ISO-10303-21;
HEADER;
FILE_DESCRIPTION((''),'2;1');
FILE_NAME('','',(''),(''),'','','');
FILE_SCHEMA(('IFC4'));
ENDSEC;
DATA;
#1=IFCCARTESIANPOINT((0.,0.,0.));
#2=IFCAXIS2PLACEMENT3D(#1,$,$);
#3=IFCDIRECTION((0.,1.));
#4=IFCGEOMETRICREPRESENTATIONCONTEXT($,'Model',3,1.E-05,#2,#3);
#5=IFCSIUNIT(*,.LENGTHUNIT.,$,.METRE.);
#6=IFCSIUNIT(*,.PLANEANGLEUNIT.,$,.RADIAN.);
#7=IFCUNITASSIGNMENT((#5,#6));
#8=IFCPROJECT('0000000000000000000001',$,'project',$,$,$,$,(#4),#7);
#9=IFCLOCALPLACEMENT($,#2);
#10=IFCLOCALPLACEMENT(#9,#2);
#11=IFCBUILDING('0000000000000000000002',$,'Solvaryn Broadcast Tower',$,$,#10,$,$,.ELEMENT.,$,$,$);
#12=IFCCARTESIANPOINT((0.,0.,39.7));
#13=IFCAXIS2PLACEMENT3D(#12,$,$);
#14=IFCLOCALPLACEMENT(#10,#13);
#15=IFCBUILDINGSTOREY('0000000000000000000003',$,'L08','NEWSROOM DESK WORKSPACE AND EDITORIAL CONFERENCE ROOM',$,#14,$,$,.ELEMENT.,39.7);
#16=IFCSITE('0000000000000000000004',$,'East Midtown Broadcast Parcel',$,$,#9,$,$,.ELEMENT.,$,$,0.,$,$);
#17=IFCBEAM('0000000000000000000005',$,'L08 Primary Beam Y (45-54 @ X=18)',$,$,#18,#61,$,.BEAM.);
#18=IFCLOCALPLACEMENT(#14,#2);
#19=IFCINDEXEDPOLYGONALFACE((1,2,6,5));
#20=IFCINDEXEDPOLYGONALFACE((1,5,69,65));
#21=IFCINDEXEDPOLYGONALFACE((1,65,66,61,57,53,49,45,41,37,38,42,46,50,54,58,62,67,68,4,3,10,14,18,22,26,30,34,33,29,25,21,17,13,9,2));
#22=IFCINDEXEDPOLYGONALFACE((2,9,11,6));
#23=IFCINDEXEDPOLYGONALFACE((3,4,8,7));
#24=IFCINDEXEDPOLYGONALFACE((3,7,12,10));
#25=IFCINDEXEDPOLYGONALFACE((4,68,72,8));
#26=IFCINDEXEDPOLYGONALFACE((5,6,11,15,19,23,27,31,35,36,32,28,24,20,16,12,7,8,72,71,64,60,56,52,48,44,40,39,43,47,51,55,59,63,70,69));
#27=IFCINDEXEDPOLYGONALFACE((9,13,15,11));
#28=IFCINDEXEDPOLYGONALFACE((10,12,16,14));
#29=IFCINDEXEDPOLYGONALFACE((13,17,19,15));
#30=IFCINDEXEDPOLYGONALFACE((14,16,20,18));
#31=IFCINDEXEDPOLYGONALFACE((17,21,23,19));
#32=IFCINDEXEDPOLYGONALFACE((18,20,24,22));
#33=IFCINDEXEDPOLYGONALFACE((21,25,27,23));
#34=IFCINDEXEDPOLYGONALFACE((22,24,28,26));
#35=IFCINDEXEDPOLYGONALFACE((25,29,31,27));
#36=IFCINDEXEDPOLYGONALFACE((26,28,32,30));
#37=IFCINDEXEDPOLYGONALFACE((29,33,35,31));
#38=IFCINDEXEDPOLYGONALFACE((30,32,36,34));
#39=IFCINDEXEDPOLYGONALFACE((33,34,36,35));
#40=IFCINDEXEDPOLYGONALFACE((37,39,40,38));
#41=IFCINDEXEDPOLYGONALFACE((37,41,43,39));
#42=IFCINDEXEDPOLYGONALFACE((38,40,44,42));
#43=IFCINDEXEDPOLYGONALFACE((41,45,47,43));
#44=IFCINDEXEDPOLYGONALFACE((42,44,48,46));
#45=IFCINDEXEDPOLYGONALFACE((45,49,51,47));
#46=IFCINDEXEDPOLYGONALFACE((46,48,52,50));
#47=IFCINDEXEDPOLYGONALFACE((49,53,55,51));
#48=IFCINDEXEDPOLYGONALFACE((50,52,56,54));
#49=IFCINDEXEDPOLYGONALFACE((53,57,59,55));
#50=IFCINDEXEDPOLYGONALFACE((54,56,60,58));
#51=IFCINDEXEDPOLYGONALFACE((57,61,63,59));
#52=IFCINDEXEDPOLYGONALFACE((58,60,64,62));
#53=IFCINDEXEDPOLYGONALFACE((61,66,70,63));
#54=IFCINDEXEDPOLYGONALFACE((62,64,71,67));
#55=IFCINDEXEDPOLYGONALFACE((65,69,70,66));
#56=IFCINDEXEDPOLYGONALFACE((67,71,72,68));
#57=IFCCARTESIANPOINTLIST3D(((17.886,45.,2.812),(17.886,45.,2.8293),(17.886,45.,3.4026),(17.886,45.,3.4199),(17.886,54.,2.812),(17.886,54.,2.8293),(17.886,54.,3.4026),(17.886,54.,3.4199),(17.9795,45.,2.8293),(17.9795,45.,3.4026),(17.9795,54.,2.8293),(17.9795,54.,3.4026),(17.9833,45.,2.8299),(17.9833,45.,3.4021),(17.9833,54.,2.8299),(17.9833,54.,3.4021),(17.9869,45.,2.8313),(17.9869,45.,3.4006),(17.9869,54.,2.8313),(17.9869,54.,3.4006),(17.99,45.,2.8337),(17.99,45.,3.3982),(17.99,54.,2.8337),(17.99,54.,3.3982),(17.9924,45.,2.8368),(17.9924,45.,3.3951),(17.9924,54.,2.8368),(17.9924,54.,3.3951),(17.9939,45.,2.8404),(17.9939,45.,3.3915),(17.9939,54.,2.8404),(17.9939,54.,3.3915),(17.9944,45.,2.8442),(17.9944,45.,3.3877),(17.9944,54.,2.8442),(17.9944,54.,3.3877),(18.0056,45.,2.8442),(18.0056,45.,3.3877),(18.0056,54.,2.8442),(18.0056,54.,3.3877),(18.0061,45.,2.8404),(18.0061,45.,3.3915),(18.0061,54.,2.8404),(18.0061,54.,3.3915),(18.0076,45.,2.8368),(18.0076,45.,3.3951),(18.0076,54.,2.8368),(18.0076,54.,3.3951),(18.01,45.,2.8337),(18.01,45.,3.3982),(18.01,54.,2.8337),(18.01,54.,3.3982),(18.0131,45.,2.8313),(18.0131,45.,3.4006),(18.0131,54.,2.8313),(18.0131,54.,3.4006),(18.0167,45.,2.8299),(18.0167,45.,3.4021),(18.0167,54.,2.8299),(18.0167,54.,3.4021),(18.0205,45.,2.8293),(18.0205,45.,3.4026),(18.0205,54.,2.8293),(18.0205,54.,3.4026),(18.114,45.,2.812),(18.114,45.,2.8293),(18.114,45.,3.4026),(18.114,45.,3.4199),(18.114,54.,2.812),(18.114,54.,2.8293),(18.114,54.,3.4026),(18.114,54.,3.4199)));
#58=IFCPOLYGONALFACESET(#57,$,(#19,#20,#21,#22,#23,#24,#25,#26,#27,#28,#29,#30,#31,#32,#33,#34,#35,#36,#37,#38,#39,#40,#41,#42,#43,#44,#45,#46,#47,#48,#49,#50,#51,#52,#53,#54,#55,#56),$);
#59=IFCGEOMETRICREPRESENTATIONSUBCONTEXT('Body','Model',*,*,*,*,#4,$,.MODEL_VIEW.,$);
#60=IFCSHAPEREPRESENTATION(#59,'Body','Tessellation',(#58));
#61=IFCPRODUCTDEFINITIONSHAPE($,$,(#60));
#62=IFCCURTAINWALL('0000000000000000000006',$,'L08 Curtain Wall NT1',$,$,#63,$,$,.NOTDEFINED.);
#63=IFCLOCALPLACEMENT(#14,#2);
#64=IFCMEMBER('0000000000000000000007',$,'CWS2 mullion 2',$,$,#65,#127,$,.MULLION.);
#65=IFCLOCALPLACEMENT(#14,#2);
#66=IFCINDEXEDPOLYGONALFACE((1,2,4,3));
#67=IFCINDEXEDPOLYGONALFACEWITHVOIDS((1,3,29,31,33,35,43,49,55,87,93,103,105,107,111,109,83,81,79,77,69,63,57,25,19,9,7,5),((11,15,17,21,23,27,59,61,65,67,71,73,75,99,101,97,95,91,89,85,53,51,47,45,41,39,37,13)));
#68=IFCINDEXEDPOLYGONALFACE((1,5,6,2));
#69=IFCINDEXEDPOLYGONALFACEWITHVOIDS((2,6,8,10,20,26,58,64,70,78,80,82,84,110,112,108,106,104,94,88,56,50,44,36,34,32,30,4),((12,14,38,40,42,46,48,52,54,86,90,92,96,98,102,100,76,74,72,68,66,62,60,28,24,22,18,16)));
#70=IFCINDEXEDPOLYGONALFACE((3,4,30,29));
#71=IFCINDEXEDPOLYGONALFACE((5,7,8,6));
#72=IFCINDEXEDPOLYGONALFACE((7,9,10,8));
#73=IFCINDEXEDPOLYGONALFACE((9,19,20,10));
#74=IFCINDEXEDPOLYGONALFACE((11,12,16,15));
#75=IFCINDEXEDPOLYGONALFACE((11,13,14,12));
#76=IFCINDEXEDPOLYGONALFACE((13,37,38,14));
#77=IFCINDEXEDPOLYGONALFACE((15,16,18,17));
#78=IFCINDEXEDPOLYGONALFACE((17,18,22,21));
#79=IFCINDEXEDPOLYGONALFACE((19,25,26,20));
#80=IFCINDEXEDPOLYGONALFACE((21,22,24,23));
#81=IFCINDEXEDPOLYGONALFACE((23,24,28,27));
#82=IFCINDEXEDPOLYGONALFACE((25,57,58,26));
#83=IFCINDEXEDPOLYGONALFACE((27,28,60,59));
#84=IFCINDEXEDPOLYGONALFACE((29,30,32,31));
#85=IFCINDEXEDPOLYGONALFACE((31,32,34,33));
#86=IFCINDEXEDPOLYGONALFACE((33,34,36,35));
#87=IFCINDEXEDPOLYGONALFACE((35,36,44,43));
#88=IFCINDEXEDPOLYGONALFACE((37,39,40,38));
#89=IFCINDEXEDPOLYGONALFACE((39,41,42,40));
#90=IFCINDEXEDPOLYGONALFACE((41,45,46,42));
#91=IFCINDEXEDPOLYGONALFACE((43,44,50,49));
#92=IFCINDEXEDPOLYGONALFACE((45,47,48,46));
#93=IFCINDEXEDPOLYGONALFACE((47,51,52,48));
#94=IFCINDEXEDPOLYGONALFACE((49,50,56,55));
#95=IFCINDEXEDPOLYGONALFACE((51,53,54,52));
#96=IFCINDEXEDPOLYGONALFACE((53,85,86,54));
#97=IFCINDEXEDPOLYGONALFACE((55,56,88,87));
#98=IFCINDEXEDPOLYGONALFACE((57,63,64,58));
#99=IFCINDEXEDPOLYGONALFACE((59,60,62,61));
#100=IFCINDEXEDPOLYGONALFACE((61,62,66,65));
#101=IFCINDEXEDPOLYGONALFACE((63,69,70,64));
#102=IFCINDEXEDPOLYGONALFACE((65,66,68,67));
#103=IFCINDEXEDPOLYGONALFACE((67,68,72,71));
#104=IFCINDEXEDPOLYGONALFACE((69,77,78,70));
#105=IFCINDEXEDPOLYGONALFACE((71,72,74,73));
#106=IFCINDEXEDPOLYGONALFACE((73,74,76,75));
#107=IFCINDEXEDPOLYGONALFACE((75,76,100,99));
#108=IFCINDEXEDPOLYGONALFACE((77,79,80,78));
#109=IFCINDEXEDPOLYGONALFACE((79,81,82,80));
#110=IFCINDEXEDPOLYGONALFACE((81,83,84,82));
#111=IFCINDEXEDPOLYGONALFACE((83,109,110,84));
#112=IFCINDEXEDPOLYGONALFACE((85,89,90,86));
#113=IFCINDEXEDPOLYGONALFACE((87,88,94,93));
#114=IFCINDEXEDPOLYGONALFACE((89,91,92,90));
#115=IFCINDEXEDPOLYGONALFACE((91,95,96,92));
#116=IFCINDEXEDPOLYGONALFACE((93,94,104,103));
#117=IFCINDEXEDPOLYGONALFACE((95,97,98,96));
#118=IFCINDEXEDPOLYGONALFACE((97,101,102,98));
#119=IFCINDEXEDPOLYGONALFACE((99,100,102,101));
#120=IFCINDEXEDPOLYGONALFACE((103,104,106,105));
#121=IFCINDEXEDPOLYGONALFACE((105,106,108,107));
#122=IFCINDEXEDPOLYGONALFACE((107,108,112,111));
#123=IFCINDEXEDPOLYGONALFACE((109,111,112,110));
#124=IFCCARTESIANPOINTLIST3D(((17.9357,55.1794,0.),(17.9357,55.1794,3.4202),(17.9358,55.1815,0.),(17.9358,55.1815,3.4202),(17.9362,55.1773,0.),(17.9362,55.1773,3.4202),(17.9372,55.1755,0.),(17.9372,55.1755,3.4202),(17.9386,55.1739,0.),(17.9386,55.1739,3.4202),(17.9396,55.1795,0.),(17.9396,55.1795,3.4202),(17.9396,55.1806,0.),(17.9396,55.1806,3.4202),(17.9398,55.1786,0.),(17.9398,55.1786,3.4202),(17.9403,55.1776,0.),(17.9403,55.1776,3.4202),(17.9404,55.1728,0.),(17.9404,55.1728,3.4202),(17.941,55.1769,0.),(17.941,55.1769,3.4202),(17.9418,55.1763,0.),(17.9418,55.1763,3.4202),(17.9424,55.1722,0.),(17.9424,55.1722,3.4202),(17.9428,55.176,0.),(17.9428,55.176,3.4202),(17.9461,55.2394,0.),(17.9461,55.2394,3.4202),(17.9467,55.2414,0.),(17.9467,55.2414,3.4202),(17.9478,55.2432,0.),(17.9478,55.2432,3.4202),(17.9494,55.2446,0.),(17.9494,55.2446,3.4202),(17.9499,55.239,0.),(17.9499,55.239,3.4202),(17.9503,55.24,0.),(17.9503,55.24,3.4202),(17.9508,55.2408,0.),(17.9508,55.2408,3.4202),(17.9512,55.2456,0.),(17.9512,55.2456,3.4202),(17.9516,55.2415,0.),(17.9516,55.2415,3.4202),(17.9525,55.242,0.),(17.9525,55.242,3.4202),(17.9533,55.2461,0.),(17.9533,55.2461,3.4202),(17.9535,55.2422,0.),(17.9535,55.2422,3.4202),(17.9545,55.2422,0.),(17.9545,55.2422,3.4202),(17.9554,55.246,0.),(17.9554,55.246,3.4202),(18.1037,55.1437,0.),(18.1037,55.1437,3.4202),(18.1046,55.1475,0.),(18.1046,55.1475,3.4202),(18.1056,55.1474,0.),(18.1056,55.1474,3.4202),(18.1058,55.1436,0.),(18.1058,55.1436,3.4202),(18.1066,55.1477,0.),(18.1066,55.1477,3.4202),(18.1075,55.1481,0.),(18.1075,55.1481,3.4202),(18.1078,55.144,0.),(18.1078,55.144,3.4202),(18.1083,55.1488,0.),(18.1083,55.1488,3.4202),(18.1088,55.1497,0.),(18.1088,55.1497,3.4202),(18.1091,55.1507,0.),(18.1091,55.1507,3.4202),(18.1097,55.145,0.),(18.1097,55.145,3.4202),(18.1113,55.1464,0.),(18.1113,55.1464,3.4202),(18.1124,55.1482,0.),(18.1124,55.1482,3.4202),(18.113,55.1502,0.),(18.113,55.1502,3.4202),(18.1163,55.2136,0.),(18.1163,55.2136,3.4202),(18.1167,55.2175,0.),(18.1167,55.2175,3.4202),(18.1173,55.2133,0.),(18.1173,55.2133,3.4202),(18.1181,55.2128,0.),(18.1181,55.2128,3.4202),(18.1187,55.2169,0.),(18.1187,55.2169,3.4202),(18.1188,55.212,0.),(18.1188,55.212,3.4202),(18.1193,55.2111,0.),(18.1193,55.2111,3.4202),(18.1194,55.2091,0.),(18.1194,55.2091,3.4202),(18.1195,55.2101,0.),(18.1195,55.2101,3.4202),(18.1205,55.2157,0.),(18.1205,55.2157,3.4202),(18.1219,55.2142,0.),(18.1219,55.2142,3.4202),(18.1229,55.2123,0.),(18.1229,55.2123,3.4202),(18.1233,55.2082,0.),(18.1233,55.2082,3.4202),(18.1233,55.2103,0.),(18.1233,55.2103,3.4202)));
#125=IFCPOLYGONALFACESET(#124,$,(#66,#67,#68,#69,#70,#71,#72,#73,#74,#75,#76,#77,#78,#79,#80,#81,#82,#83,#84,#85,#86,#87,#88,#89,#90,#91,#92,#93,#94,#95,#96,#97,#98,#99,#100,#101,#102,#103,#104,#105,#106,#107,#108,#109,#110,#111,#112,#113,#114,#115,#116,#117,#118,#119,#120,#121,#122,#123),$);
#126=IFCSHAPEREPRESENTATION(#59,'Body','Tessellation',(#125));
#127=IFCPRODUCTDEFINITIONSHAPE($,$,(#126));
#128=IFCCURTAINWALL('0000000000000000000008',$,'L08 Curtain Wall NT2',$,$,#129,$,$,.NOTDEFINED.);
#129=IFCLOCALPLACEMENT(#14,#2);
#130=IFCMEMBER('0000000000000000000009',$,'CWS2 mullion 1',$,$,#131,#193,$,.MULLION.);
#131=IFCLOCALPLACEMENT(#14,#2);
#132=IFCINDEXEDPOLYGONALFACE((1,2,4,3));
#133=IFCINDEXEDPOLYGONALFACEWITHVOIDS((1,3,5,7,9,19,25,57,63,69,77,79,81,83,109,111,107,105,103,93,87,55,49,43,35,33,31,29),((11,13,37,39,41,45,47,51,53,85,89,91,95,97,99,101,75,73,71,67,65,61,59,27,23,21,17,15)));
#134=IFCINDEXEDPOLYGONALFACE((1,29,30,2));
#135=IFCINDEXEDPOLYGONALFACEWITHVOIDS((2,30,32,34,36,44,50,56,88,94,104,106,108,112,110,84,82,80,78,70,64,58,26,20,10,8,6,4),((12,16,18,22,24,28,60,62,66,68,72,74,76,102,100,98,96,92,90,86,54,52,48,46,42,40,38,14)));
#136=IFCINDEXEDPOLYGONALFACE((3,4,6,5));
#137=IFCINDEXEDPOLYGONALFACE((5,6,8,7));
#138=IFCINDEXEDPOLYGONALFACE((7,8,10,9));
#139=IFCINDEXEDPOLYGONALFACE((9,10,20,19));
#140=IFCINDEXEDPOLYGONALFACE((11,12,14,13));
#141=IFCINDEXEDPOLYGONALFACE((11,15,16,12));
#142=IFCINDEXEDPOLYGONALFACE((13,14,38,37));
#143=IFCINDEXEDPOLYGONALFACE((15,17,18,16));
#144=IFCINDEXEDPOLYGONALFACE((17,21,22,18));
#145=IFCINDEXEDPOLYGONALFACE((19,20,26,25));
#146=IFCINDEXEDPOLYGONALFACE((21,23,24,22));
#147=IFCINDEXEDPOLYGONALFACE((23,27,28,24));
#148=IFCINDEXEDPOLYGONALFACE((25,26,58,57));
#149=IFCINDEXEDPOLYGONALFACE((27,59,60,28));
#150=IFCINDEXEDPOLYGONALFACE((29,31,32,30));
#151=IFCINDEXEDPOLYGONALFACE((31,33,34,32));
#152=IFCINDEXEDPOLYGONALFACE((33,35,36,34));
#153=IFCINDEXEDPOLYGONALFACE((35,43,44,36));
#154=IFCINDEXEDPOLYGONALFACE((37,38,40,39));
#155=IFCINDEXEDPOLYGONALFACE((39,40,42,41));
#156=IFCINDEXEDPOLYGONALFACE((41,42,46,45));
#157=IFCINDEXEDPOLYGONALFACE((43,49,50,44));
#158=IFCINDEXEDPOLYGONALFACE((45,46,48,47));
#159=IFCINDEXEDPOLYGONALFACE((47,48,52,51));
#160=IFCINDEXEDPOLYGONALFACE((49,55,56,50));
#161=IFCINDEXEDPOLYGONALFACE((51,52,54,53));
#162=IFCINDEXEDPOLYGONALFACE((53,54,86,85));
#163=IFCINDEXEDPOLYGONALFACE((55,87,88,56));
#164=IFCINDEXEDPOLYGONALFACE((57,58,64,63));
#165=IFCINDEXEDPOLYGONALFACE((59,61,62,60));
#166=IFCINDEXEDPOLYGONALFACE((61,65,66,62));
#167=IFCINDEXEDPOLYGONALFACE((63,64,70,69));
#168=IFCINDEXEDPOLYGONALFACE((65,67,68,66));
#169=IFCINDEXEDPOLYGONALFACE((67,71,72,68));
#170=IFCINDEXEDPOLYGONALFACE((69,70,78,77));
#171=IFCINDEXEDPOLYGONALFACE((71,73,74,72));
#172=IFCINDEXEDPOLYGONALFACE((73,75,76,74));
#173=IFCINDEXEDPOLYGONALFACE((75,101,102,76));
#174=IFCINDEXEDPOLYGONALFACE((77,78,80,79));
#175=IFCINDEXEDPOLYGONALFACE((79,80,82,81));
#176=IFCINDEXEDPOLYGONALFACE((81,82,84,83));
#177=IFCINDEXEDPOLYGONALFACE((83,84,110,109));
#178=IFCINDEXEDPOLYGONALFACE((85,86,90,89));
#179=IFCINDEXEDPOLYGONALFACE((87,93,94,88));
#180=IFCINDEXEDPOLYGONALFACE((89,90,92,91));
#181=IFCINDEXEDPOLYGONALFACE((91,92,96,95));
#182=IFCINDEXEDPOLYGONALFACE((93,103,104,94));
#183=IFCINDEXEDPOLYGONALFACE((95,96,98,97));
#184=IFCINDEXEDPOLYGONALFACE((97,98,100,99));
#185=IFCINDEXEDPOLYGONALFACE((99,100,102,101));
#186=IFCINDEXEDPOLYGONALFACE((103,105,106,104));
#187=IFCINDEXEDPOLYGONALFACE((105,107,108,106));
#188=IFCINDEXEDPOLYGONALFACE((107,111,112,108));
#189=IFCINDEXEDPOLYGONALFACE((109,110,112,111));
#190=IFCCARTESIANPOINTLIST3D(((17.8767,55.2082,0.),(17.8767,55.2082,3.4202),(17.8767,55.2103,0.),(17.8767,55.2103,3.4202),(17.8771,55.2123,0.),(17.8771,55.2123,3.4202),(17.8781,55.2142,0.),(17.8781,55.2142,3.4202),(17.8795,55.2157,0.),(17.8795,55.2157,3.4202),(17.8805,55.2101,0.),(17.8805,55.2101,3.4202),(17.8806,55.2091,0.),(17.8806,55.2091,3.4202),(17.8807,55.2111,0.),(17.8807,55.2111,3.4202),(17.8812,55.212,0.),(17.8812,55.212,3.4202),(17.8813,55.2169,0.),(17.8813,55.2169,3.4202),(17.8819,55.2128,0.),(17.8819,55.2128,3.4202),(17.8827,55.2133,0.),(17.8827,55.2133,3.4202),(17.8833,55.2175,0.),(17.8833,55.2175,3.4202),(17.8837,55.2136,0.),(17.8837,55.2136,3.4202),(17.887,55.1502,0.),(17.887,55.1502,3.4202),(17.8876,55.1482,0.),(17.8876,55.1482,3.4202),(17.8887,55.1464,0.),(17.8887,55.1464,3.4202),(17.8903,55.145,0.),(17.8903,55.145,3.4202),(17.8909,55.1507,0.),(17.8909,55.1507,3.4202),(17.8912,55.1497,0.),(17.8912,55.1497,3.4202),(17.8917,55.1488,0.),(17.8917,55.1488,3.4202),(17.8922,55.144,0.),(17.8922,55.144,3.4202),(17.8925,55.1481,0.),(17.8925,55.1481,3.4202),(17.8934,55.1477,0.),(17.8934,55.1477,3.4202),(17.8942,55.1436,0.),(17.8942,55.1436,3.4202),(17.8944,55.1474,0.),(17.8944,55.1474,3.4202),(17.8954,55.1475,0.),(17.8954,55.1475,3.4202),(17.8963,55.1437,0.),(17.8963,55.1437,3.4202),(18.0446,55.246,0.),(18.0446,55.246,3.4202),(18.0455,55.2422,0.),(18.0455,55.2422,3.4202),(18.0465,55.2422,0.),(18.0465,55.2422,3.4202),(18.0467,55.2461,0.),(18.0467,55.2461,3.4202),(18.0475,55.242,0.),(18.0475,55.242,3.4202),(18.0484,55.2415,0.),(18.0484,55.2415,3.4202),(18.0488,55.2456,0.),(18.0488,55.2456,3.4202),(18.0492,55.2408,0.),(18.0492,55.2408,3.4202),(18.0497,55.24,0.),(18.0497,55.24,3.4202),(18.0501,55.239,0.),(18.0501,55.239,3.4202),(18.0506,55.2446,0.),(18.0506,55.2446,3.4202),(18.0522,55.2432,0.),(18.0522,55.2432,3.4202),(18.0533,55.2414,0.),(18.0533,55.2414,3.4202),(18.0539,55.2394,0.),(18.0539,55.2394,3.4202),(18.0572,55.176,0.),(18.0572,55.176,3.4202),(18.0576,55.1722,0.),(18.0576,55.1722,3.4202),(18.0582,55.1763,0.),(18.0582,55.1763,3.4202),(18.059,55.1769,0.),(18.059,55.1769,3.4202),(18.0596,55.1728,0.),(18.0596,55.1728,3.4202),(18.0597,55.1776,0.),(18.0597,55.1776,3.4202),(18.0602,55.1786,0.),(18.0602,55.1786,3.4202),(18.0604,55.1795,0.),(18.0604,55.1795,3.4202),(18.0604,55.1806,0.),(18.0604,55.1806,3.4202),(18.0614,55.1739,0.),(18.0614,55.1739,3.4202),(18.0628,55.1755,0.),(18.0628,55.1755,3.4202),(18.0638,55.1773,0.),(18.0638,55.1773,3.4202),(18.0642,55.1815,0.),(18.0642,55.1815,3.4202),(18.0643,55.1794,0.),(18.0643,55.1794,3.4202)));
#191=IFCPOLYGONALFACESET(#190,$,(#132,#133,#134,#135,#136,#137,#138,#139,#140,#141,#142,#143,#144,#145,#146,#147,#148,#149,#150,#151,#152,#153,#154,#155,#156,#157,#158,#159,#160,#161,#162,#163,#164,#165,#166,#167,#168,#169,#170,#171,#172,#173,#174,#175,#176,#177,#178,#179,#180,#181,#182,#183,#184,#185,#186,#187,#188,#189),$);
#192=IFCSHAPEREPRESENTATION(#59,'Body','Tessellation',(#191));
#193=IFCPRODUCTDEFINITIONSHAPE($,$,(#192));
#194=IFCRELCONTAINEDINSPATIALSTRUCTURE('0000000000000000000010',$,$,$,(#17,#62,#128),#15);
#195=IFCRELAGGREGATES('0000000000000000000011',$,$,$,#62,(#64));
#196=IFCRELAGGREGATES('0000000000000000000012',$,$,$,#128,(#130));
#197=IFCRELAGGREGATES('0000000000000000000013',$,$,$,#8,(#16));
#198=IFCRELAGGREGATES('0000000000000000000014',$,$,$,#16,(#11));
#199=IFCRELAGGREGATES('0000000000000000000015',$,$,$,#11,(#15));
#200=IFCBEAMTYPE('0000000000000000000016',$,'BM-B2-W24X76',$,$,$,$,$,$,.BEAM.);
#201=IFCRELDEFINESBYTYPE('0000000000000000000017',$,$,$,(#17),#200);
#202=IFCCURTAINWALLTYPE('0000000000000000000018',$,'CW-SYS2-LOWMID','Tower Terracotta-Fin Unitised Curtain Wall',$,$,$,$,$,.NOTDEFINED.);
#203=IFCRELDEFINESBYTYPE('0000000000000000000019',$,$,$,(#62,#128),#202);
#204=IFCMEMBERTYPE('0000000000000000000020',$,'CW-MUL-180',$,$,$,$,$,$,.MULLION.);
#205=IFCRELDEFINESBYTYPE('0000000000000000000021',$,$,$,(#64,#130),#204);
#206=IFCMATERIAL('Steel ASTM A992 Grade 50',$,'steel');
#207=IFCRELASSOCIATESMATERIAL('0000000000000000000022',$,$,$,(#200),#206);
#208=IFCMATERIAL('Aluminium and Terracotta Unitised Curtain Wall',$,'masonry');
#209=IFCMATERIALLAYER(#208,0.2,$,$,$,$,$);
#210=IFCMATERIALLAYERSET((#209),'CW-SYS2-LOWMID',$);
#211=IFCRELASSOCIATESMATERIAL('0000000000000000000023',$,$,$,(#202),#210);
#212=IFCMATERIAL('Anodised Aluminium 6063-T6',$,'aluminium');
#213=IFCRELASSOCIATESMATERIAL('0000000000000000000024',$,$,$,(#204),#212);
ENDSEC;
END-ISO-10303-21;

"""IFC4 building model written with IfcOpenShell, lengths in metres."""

from ifc_helpers import new_model, si_unit, direction, frame, origin, origin_2d, place, context, subcontext, project, spatial, hollow_rectangle, i_section, extrude, material, layer, layer_set, material_profile, profile_set, type_object, element, aggregate, save


model = new_model("IFC4")

# Units and contexts
model_context = context("Model", 3, precision=1e-05, world=origin(), true_north=direction((0.0, 1.0)))
body_context = subcontext(model_context, "Body", "Model", "MODEL_VIEW")
ifc_project = project(units=[si_unit("LENGTHUNIT", "METRE"), si_unit("PLANEANGLEUNIT", "RADIAN")], contexts=[model_context])

# Site, building, storey
site_placement = place(None, origin())
site = spatial("IfcSite", under=ifc_project, at=site_placement, Name="East Midtown Broadcast Parcel", CompositionType="ELEMENT", RefElevation=0.0)
building_placement = place(site_placement, origin())
building = spatial("IfcBuilding", under=site, at=building_placement, Name="Solvaryn Broadcast Tower", CompositionType="ELEMENT")
storey_placement = place(building_placement, frame((0.0, 0.0, 39.7)))
storey = spatial("IfcBuildingStorey", under=building, at=storey_placement, Name="L08", Description="NEWSROOM DESK WORKSPACE AND EDITORIAL CONFERENCE ROOM", CompositionType="ELEMENT", Elevation=39.7)

# Beam
ifc_material_1 = material(Name="Steel ASTM A992 Grade 50", Category="steel")
ifc_material_profile_1 = material_profile(ifc_material_1, i_section(OverallWidth=0.228, OverallDepth=0.6079, WebThickness=0.0112, FlangeThickness=0.0173, FilletRadius=0.0149, at=origin_2d()))
ifc_profile_set_1 = profile_set([ifc_material_profile_1], Name="Steel ASTM A992 Grade 50")
beam_type_1 = type_object("IfcBeamType", Name="BM-B2-W24X76", PredefinedType="BEAM", material=ifc_profile_set_1)
beam_1_placement = place(storey_placement, frame((18.0, 45.0, 3.116), z_axis=(0.0, 1.0, 0.0), x_axis=(-1.0, 0.0, 0.0)))
element("IfcBeam", 1, at=beam_1_placement, inside=storey, type_object=beam_type_1, Name="L08 Primary Beam Y (45-54 @ X=18)", PredefinedType="BEAM", context=body_context, shape_type="SweptSolid", body=[
    extrude(i_section(OverallWidth=0.228, OverallDepth=0.6079, WebThickness=0.0112, FlangeThickness=0.0173, FilletRadius=0.0149, at=origin_2d()), origin(), (0.0, 0.0, 1.0), 9.0),
])

# Curtain wall, member
ifc_material_2 = material(Name="Aluminium and Terracotta Unitised Curtain Wall", Category="masonry")
ifc_layer_1 = layer(ifc_material_2, 0.2)
ifc_layer_set_1 = layer_set([ifc_layer_1], Name="CW-SYS2-LOWMID")
curtain_wall_type = type_object("IfcCurtainWallType", Name="CW-SYS2-LOWMID", Description="Tower Terracotta-Fin Unitised Curtain Wall", PredefinedType="NOTDEFINED", material=ifc_layer_set_1)
curtain_wall_1_placement = place(storey_placement, origin())
curtain_wall_1 = element("IfcCurtainWall", 2, at=curtain_wall_1_placement, inside=storey, type_object=curtain_wall_type, Name="L08 Curtain Wall NT1", PredefinedType="NOTDEFINED")
ifc_material_3 = material(Name="Anodised Aluminium 6063-T6", Category="aluminium")
ifc_material_profile_2 = material_profile(ifc_material_3, hollow_rectangle(XDim=0.075, YDim=0.1799, WallThickness=0.0039, InnerFilletRadius=0.0039, OuterFilletRadius=0.0081, at=origin_2d()))
ifc_profile_set_2 = profile_set([ifc_material_profile_2], Name="Anodised Aluminium 6063-T6")
member_type_1 = type_object("IfcMemberType", Name="CW-MUL-180", PredefinedType="MULLION", material=ifc_profile_set_2)
member_1_placement = place(storey_placement, frame((18.0295, 55.1948, 0.0), z_axis=(0.0, 0.0, 1.0), x_axis=(-0.173785, -0.984784, 0.0)))
member_1 = element("IfcMember", 3, at=member_1_placement, type_object=member_type_1, Name="CWS2 mullion 2", PredefinedType="MULLION", context=body_context, shape_type="SweptSolid", body=[
    extrude(hollow_rectangle(XDim=0.075, YDim=0.1799, WallThickness=0.0039, InnerFilletRadius=0.0039, OuterFilletRadius=0.0081, at=origin_2d()), origin(), (0.0, 0.0, 1.0), 3.4202),
])

# Curtain wall, member
curtain_wall_2_placement = place(storey_placement, origin())
curtain_wall_2 = element("IfcCurtainWall", 4, at=curtain_wall_2_placement, inside=storey, type_object=curtain_wall_type, Name="L08 Curtain Wall NT2", PredefinedType="NOTDEFINED")
member_2_placement = place(storey_placement, frame((17.9705, 55.1948, 0.0), z_axis=(0.0, 0.0, 1.0), x_axis=(0.173785, -0.984784, 0.0)))
member_2 = element("IfcMember", 5, at=member_2_placement, type_object=member_type_1, Name="CWS2 mullion 1", PredefinedType="MULLION", context=body_context, shape_type="SweptSolid", body=[
    extrude(hollow_rectangle(XDim=0.075, YDim=0.1799, WallThickness=0.0039, InnerFilletRadius=0.0039, OuterFilletRadius=0.0081, at=origin_2d()), origin(), (0.0, 0.0, 1.0), 3.4202),
])

aggregate(curtain_wall_1, [member_1])
aggregate(curtain_wall_2, [member_2])

save(model, "model.ifc")
